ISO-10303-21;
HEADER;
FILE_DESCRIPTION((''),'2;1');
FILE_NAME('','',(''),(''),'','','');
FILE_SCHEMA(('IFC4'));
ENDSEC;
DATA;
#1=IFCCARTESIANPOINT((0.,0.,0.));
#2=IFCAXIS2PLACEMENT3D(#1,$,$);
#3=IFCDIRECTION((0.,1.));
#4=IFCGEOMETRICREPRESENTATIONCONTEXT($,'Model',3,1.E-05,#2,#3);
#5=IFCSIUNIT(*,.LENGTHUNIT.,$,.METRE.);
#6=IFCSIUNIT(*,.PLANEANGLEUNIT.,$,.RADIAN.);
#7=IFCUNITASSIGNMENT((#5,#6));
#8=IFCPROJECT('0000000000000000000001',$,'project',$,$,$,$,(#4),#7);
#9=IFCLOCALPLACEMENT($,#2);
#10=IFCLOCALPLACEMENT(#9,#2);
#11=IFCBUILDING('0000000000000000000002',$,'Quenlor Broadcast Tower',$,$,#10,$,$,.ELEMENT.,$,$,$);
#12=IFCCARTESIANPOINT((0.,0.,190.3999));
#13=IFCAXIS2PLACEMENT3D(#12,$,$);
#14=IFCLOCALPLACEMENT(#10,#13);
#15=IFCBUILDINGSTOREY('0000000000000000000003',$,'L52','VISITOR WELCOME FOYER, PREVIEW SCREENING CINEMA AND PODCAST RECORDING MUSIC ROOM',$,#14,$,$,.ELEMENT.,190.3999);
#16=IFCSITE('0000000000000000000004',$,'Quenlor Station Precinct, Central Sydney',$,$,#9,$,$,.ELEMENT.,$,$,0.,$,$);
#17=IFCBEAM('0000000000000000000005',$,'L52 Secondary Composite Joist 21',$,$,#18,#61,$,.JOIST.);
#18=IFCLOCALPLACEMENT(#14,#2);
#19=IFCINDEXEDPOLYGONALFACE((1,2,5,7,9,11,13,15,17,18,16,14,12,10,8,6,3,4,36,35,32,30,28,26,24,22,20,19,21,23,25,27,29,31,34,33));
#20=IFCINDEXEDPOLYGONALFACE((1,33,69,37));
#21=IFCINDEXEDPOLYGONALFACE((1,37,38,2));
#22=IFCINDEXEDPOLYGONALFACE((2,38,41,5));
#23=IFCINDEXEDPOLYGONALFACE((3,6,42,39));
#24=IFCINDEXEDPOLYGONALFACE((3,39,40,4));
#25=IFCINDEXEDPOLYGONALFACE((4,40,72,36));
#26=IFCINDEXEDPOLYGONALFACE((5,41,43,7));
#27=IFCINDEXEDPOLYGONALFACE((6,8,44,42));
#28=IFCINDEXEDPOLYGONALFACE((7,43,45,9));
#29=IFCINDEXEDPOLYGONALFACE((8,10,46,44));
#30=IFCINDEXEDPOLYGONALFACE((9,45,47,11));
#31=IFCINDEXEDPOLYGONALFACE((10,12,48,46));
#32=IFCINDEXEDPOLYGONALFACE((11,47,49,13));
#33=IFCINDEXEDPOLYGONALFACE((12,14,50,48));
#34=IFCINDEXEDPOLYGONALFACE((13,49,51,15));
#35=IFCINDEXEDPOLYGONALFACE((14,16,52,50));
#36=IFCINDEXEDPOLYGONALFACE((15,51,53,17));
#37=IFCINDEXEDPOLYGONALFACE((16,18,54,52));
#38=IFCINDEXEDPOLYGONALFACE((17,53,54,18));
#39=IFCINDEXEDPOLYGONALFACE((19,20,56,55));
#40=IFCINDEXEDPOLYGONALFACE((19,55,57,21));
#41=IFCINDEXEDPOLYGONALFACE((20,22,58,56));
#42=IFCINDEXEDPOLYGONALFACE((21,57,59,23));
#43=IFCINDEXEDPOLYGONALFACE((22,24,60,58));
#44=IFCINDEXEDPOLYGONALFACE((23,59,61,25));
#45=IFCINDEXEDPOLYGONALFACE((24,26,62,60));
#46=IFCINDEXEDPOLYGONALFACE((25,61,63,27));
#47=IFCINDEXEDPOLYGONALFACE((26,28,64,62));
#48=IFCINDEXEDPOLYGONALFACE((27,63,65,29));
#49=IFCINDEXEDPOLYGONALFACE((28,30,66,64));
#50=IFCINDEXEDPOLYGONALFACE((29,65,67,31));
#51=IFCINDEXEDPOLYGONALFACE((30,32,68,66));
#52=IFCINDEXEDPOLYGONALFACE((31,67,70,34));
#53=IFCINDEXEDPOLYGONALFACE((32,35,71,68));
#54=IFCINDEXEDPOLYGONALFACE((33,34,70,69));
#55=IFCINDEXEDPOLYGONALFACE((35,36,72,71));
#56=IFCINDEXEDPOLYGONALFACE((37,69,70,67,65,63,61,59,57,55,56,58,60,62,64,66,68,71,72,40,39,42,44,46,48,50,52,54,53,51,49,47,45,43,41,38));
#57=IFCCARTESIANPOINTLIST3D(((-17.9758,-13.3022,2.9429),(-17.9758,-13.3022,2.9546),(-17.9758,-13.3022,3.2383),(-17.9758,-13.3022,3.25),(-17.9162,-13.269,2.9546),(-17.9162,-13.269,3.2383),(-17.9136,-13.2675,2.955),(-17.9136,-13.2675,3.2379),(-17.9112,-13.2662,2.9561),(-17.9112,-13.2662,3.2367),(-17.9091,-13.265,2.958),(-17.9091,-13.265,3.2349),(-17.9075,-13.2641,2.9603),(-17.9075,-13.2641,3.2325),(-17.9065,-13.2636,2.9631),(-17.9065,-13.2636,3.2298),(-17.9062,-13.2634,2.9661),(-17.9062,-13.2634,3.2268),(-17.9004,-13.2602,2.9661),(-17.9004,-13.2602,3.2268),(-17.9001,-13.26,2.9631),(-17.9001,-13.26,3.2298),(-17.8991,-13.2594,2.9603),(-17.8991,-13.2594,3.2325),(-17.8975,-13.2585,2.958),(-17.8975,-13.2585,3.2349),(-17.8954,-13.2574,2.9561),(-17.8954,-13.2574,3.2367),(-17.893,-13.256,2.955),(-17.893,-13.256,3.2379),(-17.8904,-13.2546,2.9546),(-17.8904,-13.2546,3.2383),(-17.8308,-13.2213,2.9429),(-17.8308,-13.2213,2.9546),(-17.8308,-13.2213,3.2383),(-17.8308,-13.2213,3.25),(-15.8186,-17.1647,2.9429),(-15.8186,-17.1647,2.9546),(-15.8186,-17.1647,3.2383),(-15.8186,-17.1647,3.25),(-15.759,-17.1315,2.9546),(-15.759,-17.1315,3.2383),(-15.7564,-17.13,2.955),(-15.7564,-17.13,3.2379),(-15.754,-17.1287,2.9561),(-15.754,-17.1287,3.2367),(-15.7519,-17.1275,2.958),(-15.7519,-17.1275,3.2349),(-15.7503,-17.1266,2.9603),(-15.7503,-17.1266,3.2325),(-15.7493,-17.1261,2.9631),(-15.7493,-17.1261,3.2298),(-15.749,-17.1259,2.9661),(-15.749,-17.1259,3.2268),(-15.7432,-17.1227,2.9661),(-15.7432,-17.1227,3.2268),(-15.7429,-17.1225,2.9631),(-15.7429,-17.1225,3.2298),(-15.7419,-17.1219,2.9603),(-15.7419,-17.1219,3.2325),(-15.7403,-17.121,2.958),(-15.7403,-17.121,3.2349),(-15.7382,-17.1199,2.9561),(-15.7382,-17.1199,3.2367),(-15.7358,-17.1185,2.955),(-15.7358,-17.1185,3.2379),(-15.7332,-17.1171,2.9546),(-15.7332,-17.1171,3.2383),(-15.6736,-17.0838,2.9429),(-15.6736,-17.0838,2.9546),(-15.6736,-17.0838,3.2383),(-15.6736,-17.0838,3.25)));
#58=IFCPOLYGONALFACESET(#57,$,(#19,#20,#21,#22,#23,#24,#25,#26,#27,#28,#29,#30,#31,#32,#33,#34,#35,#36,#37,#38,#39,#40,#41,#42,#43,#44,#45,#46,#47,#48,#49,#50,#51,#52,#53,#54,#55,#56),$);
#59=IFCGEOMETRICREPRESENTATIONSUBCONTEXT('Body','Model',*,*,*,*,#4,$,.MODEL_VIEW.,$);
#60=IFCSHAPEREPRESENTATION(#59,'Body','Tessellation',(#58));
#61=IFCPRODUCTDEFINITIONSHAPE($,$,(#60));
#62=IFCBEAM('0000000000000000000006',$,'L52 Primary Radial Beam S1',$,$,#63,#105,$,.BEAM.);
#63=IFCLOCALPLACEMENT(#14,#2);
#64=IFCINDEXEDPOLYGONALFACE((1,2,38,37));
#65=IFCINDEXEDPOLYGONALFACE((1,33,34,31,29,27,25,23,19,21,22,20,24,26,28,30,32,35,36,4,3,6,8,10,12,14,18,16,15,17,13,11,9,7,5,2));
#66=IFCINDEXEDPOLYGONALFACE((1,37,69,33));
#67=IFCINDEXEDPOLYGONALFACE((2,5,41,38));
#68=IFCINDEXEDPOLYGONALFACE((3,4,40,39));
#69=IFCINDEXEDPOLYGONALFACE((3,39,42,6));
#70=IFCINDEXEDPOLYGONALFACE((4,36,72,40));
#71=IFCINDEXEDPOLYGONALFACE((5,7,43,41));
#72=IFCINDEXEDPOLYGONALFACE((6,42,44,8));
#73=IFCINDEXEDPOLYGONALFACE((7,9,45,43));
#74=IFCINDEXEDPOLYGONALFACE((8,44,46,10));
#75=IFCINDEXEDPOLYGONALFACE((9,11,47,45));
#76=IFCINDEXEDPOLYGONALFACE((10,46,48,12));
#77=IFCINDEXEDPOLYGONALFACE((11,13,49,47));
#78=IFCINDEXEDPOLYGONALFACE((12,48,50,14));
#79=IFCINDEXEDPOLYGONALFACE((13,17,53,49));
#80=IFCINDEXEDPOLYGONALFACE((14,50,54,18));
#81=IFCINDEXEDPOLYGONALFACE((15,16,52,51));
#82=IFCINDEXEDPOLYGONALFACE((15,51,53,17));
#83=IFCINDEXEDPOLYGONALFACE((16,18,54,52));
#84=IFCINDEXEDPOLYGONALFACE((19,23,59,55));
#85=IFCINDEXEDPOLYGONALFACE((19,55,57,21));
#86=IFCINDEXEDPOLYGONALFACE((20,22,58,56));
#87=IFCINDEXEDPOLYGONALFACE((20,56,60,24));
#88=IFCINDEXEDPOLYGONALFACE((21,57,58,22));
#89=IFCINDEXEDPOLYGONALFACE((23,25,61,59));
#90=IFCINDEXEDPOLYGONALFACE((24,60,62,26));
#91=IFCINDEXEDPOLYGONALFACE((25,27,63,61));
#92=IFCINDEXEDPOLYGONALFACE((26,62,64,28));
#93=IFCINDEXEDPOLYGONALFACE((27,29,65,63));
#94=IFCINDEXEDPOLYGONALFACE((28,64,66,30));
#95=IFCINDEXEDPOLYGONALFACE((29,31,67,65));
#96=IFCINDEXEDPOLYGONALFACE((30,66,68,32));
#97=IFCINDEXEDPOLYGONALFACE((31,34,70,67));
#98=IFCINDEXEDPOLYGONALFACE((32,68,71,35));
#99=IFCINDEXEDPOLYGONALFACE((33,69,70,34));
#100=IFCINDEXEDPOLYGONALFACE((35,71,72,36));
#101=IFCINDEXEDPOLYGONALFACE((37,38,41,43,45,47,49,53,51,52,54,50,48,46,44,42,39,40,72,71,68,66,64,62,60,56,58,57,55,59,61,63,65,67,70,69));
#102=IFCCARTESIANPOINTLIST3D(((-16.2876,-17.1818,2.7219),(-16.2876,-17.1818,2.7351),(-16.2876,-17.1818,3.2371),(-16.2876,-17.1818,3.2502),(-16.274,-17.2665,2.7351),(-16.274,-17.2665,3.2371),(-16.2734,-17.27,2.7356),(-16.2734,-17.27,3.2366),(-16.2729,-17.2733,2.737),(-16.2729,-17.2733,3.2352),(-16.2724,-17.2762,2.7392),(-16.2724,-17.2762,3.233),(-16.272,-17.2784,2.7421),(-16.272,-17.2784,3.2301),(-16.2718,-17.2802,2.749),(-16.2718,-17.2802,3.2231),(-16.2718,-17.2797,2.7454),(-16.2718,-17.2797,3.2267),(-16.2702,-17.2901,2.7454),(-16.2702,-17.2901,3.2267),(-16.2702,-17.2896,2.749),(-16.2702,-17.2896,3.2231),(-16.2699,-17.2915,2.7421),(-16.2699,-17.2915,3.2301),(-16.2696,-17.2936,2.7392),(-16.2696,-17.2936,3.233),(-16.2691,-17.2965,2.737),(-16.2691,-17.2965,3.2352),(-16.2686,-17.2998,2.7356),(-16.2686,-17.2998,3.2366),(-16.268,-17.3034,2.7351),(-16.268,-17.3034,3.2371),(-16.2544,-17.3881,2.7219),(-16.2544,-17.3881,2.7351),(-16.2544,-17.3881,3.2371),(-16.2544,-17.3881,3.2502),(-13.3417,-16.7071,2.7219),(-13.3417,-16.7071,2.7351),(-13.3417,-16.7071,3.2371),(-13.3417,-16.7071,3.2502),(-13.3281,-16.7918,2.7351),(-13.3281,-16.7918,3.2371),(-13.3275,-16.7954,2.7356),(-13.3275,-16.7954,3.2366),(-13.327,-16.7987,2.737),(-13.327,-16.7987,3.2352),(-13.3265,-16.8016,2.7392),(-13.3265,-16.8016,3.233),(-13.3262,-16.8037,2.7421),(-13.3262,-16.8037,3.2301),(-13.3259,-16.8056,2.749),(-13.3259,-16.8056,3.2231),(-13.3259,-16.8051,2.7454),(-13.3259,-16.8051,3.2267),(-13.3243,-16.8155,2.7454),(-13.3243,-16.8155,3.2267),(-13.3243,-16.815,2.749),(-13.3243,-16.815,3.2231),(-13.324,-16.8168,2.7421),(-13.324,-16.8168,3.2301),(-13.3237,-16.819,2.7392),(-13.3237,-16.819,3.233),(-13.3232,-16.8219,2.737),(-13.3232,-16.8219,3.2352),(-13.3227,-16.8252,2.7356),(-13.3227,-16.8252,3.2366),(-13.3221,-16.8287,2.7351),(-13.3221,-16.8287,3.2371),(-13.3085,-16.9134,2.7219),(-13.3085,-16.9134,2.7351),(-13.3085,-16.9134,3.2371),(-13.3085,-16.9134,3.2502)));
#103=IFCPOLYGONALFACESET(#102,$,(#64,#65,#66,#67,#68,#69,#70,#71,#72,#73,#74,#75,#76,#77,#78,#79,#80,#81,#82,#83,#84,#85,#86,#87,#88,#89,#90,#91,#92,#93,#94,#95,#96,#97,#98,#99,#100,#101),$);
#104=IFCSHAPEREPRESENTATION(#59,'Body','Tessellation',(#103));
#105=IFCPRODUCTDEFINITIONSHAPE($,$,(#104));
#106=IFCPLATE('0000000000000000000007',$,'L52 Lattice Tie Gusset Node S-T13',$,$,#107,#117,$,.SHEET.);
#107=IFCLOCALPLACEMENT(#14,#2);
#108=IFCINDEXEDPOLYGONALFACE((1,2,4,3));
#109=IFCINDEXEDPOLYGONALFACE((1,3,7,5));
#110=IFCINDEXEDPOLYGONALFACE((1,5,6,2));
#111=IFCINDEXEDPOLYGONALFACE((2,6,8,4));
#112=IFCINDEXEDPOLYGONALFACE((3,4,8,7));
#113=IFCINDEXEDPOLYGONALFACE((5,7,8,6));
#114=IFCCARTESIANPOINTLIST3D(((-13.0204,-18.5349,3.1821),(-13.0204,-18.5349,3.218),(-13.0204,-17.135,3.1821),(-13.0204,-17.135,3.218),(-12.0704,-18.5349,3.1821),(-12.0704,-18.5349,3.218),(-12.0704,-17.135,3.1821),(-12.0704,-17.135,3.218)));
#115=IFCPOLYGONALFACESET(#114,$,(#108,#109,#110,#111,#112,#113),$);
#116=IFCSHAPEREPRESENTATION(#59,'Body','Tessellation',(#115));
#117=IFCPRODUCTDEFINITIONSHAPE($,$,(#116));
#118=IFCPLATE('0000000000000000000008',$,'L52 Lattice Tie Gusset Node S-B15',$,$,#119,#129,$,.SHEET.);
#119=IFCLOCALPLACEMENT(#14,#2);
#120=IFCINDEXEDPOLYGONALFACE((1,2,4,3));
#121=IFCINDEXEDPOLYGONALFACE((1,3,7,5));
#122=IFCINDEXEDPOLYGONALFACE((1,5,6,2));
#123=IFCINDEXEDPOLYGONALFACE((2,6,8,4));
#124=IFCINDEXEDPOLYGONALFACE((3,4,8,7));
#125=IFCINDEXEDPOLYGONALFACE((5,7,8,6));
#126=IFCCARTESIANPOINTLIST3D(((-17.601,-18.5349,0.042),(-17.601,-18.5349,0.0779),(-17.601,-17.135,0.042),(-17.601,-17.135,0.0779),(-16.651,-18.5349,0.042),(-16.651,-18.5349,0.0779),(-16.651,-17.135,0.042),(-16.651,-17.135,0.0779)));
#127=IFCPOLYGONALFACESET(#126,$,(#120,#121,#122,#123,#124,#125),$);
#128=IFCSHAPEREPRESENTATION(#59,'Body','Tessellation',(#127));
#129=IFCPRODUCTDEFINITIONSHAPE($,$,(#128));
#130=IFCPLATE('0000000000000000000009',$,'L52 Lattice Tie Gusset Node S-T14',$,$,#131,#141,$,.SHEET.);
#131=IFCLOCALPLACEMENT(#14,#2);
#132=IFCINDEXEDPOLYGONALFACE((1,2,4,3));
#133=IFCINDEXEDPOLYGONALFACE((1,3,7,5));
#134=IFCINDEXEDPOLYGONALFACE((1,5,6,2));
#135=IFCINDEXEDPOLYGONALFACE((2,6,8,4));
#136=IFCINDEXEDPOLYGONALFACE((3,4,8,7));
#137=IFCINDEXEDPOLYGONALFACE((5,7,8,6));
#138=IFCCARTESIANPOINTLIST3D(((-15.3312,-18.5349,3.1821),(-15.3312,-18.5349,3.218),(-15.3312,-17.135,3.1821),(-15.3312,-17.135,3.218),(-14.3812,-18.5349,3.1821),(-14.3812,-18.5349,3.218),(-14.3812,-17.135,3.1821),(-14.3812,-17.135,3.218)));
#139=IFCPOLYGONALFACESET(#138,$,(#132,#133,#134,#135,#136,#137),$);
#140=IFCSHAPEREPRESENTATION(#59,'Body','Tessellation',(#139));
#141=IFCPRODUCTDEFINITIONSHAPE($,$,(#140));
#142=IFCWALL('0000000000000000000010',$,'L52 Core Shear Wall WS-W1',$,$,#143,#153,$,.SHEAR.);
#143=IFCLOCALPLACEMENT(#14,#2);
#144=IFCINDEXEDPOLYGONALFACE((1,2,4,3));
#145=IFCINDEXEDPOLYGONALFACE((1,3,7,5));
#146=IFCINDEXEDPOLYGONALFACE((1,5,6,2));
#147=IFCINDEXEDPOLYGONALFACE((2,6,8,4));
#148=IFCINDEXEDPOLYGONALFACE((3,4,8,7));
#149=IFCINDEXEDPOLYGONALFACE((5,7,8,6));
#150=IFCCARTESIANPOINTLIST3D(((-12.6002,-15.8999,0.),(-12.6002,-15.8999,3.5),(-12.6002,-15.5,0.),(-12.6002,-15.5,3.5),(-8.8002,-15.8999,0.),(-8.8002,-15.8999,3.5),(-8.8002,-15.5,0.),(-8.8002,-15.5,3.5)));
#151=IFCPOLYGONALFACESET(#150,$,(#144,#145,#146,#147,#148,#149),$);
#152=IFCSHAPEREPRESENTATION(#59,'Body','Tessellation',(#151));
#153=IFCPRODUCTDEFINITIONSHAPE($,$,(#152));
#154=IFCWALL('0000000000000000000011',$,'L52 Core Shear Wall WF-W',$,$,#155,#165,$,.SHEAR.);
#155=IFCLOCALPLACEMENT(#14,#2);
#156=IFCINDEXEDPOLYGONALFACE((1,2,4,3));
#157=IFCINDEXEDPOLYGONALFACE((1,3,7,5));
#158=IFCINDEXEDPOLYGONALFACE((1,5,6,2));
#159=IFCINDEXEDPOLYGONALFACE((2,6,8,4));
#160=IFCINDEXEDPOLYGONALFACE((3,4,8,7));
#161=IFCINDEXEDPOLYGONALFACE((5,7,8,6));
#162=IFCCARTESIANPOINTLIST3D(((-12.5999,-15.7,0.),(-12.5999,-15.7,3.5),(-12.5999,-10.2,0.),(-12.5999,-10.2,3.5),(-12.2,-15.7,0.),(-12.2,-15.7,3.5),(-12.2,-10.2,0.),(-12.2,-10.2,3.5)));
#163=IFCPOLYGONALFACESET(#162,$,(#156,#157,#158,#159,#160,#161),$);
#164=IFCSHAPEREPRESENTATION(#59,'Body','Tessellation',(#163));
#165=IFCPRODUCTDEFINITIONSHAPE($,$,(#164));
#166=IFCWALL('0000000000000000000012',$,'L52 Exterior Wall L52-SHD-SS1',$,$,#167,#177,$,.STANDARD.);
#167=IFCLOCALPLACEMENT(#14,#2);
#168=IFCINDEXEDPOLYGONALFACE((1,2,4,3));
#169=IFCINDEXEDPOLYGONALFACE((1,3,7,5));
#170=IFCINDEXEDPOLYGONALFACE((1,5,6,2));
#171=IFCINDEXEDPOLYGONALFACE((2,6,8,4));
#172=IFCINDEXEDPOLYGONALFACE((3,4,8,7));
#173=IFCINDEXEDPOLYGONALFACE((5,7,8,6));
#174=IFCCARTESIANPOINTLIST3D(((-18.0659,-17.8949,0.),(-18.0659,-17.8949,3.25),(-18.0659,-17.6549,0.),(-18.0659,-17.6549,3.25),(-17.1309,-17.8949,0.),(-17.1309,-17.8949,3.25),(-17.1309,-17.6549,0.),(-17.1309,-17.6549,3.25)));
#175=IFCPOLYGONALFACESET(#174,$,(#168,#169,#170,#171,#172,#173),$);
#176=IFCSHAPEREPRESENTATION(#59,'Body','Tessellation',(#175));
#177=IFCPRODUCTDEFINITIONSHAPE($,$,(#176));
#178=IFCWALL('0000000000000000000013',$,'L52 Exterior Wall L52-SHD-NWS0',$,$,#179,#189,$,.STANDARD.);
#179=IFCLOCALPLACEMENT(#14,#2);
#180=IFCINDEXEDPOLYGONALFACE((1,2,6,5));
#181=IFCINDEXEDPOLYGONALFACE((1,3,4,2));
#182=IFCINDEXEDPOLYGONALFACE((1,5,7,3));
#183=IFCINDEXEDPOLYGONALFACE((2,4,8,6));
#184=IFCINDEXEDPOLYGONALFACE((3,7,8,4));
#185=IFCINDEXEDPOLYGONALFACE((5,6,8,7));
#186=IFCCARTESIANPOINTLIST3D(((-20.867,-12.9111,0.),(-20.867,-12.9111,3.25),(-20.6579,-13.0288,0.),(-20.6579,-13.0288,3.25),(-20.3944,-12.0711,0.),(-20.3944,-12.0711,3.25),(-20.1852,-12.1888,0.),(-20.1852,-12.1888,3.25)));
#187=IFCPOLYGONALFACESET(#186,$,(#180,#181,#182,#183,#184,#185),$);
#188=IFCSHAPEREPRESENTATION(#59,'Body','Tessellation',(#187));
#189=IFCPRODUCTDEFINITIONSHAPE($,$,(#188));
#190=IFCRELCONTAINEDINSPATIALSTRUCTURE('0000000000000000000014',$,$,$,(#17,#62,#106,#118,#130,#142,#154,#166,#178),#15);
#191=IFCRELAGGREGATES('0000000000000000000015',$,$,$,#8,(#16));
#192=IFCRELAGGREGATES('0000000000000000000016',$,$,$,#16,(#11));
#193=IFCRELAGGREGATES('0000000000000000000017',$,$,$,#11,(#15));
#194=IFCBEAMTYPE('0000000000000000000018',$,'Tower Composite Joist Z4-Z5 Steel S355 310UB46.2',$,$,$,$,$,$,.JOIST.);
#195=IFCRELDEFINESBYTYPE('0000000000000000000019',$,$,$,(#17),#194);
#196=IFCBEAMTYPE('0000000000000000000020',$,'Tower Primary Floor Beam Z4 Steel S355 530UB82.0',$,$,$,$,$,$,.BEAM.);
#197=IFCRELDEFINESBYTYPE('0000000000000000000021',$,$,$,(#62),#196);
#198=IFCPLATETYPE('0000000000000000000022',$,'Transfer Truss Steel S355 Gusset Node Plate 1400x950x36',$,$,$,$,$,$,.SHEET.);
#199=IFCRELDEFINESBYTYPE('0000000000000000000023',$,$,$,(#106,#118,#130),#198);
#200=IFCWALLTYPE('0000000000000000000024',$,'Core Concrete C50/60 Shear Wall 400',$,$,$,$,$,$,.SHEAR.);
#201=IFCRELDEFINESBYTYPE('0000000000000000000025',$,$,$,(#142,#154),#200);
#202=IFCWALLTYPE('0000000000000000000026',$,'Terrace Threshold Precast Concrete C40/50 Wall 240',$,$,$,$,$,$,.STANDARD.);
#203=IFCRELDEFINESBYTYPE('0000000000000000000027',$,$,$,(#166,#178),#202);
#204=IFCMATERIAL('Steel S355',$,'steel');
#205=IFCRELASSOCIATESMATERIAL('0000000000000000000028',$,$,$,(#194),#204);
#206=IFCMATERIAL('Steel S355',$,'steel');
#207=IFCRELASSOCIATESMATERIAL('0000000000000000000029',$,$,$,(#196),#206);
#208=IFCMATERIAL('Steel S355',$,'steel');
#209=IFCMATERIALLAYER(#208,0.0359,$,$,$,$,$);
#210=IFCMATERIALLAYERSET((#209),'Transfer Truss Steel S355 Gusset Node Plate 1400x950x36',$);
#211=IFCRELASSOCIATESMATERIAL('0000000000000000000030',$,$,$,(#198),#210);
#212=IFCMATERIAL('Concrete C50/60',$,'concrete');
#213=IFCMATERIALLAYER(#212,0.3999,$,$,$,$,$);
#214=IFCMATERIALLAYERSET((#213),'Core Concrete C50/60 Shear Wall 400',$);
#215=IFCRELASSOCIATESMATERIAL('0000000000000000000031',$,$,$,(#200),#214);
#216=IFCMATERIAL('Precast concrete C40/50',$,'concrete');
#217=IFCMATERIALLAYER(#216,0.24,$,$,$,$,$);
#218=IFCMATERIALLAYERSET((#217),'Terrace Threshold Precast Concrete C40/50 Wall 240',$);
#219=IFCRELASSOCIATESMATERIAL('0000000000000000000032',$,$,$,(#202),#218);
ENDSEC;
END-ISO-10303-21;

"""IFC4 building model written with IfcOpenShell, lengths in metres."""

from ifc_helpers import new_model, si_unit, direction, frame, frame_2d, origin, origin_2d, place, context, subcontext, project, spatial, rectangle, i_section, extrude, material, layer, layer_set, material_profile, profile_set, type_object, element, save


model = new_model("IFC4")

# Units and contexts
model_context = context("Model", 3, precision=1e-05, world=origin(), true_north=direction((0.0, 1.0)))
body_context = subcontext(model_context, "Body", "Model", "MODEL_VIEW")
ifc_project = project(units=[si_unit("LENGTHUNIT", "METRE"), si_unit("PLANEANGLEUNIT", "RADIAN")], contexts=[model_context])

# Site, building, storey
site_placement = place(None, origin())
site = spatial("IfcSite", under=ifc_project, at=site_placement, Name="Quenlor Station Precinct, Central Sydney", CompositionType="ELEMENT", RefElevation=0.0)
building_placement = place(site_placement, origin())
building = spatial("IfcBuilding", under=site, at=building_placement, Name="Quenlor Broadcast Tower", CompositionType="ELEMENT")
storey_placement = place(building_placement, frame((0.0, 0.0, 190.3999)))
storey = spatial("IfcBuildingStorey", under=building, at=storey_placement, Name="L52", Description="VISITOR WELCOME FOYER, PREVIEW SCREENING CINEMA AND PODCAST RECORDING MUSIC ROOM", CompositionType="ELEMENT", Elevation=190.3999)

# Beams
ifc_material_1 = material(Name="Steel S355", Category="steel")
ifc_material_profile_1 = material_profile(ifc_material_1, i_section(OverallWidth=0.166, OverallDepth=0.3071, WebThickness=0.0066, FlangeThickness=0.0117, FilletRadius=0.0115, at=origin_2d()))
ifc_profile_set_1 = profile_set([ifc_material_profile_1], Name="Steel S355 310UB46.2")
beam_type_1 = type_object("IfcBeamType", Name="Tower Composite Joist Z4-Z5 Steel S355 310UB46.2", PredefinedType="JOIST", material=ifc_profile_set_1)
beam_1_placement = place(storey_placement, frame((-15.7461, -17.1243, 3.0964), z_axis=(-0.487605, 0.873064, 0.0), x_axis=(-0.873064, -0.487605, 0.0)))
element("IfcBeam", 1, at=beam_1_placement, inside=storey, type_object=beam_type_1, Name="L52 Secondary Composite Joist 21", PredefinedType="JOIST", context=body_context, shape_type="SweptSolid", body=[
    extrude(i_section(OverallWidth=0.166, OverallDepth=0.3071, WebThickness=0.0066, FlangeThickness=0.0117, FilletRadius=0.0115, at=origin_2d()), origin(), (0.0, 0.0, 1.0), 4.4241),
])
ifc_material_2 = material(Name="Steel S355", Category="steel")
ifc_material_profile_2 = material_profile(ifc_material_2, i_section(OverallWidth=0.209, OverallDepth=0.5283, WebThickness=0.0095, FlangeThickness=0.0132, FilletRadius=0.0139, at=origin_2d()))
ifc_profile_set_2 = profile_set([ifc_material_profile_2], Name="Steel S355 530UB82.0")
beam_type_2 = type_object("IfcBeamType", Name="Tower Primary Floor Beam Z4 Steel S355 530UB82.0", PredefinedType="BEAM", material=ifc_profile_set_2)
beam_2_placement = place(storey_placement, frame((-16.271, -17.2849, 2.9861), z_axis=(0.987268, 0.159063, 0.0), x_axis=(-0.159063, 0.987268, 0.0)))
element("IfcBeam", 2, at=beam_2_placement, inside=storey, type_object=beam_type_2, Name="L52 Primary Radial Beam S1", PredefinedType="BEAM", context=body_context, shape_type="SweptSolid", body=[
    extrude(i_section(OverallWidth=0.209, OverallDepth=0.5283, WebThickness=0.0095, FlangeThickness=0.0132, FilletRadius=0.0139, at=origin_2d()), origin(), (0.0, 0.0, 1.0), 2.9839),
])

# Plates
ifc_material_3 = material(Name="Steel S355", Category="steel")
ifc_layer_1 = layer(ifc_material_3, 0.0359)
ifc_layer_set_1 = layer_set([ifc_layer_1], Name="Transfer Truss Steel S355 Gusset Node Plate 1400x950x36")
plate_type = type_object("IfcPlateType", Name="Transfer Truss Steel S355 Gusset Node Plate 1400x950x36", PredefinedType="SHEET", material=ifc_layer_set_1)
for number, where, z_axis, x_axis, name in (
    (3, (-12.5454, -17.835, 3.1821), (0.0, 0.0, 1.0), (0.0, -1.0, 0.0), "L52 Lattice Tie Gusset Node S-T13"),
    (4, (-17.126, -17.835, 0.042), (0.0, 0.0, 1.0), (0.0, -1.0, 0.0), "L52 Lattice Tie Gusset Node S-B15"),
    (5, (-14.8562, -17.835, 3.1821), (0.0, 0.0, 1.0), (0.0, -1.0, 0.0), "L52 Lattice Tie Gusset Node S-T14"),
):
    element("IfcPlate", number, at=place(storey_placement, frame(where, z_axis=z_axis, x_axis=x_axis)), inside=storey, type_object=plate_type, Name=name, PredefinedType="SHEET", context=body_context, shape_type="SweptSolid", body=[
        extrude(rectangle(XDim=1.3999, YDim=0.95, at=origin_2d()), origin(), (0.0, 0.0, 1.0), 0.0359),
    ])

# Walls
ifc_material_4 = material(Name="Concrete C50/60", Category="concrete")
ifc_layer_2 = layer(ifc_material_4, 0.3999)
ifc_layer_set_2 = layer_set([ifc_layer_2], Name="Core Concrete C50/60 Shear Wall 400")
wall_type_1 = type_object("IfcWallType", Name="Core Concrete C50/60 Shear Wall 400", PredefinedType="SHEAR", material=ifc_layer_set_2)
wall_1_placement = place(storey_placement, frame((-12.6001, -15.7, 0.0), z_axis=(0.0, 0.0, 1.0), x_axis=(1.0, 0.0, 0.0)))
element("IfcWall", 6, at=wall_1_placement, inside=storey, type_object=wall_type_1, Name="L52 Core Shear Wall WS-W1", PredefinedType="SHEAR", context=body_context, shape_type="SweptSolid", body=[
    extrude(rectangle(XDim=3.8, YDim=0.3999, at=frame_2d((1.8999, 0.0))), origin(), (0.0, 0.0, 1.0), 3.5),
])
wall_2_placement = place(storey_placement, frame((-12.3999, -15.7, 0.0), z_axis=(0.0, 0.0, 1.0), x_axis=(0.0, 1.0, 0.0)))
element("IfcWall", 7, at=wall_2_placement, inside=storey, type_object=wall_type_1, Name="L52 Core Shear Wall WF-W", PredefinedType="SHEAR", context=body_context, shape_type="SweptSolid", body=[
    extrude(rectangle(XDim=5.5, YDim=0.3999, at=frame_2d((2.75, 0.0))), origin(), (0.0, 0.0, 1.0), 3.5),
])
ifc_material_5 = material(Name="Precast concrete C40/50", Category="concrete")
ifc_layer_3 = layer(ifc_material_5, 0.24)
ifc_layer_set_3 = layer_set([ifc_layer_3], Name="Terrace Threshold Precast Concrete C40/50 Wall 240")
wall_type_2 = type_object("IfcWallType", Name="Terrace Threshold Precast Concrete C40/50 Wall 240", PredefinedType="STANDARD", material=ifc_layer_set_3)
wall_3_placement = place(storey_placement, frame((-17.1309, -17.7749, 0.0), z_axis=(0.0, 0.0, 1.0), x_axis=(-1.0, 0.0, 0.0)))
element("IfcWall", 8, at=wall_3_placement, inside=storey, type_object=wall_type_2, Name="L52 Exterior Wall L52-SHD-SS1", PredefinedType="STANDARD", context=body_context, shape_type="SweptSolid", body=[
    extrude(rectangle(XDim=0.9351, YDim=0.24, at=frame_2d((0.4675, 0.0))), origin(), (0.0, 0.0, 1.0), 3.25),
])
wall_4_placement = place(storey_placement, frame((-20.7625, -12.97, 0.0), z_axis=(0.0, 0.0, 1.0), x_axis=(0.490345, 0.871528, 0.0)))
element("IfcWall", 9, at=wall_4_placement, inside=storey, type_object=wall_type_2, Name="L52 Exterior Wall L52-SHD-NWS0", PredefinedType="STANDARD", context=body_context, shape_type="SweptSolid", body=[
    extrude(rectangle(XDim=0.9639, YDim=0.24, at=frame_2d((0.4819, 0.0))), origin(), (0.0, 0.0, 1.0), 3.25),
])

save(model, "model.ifc")
